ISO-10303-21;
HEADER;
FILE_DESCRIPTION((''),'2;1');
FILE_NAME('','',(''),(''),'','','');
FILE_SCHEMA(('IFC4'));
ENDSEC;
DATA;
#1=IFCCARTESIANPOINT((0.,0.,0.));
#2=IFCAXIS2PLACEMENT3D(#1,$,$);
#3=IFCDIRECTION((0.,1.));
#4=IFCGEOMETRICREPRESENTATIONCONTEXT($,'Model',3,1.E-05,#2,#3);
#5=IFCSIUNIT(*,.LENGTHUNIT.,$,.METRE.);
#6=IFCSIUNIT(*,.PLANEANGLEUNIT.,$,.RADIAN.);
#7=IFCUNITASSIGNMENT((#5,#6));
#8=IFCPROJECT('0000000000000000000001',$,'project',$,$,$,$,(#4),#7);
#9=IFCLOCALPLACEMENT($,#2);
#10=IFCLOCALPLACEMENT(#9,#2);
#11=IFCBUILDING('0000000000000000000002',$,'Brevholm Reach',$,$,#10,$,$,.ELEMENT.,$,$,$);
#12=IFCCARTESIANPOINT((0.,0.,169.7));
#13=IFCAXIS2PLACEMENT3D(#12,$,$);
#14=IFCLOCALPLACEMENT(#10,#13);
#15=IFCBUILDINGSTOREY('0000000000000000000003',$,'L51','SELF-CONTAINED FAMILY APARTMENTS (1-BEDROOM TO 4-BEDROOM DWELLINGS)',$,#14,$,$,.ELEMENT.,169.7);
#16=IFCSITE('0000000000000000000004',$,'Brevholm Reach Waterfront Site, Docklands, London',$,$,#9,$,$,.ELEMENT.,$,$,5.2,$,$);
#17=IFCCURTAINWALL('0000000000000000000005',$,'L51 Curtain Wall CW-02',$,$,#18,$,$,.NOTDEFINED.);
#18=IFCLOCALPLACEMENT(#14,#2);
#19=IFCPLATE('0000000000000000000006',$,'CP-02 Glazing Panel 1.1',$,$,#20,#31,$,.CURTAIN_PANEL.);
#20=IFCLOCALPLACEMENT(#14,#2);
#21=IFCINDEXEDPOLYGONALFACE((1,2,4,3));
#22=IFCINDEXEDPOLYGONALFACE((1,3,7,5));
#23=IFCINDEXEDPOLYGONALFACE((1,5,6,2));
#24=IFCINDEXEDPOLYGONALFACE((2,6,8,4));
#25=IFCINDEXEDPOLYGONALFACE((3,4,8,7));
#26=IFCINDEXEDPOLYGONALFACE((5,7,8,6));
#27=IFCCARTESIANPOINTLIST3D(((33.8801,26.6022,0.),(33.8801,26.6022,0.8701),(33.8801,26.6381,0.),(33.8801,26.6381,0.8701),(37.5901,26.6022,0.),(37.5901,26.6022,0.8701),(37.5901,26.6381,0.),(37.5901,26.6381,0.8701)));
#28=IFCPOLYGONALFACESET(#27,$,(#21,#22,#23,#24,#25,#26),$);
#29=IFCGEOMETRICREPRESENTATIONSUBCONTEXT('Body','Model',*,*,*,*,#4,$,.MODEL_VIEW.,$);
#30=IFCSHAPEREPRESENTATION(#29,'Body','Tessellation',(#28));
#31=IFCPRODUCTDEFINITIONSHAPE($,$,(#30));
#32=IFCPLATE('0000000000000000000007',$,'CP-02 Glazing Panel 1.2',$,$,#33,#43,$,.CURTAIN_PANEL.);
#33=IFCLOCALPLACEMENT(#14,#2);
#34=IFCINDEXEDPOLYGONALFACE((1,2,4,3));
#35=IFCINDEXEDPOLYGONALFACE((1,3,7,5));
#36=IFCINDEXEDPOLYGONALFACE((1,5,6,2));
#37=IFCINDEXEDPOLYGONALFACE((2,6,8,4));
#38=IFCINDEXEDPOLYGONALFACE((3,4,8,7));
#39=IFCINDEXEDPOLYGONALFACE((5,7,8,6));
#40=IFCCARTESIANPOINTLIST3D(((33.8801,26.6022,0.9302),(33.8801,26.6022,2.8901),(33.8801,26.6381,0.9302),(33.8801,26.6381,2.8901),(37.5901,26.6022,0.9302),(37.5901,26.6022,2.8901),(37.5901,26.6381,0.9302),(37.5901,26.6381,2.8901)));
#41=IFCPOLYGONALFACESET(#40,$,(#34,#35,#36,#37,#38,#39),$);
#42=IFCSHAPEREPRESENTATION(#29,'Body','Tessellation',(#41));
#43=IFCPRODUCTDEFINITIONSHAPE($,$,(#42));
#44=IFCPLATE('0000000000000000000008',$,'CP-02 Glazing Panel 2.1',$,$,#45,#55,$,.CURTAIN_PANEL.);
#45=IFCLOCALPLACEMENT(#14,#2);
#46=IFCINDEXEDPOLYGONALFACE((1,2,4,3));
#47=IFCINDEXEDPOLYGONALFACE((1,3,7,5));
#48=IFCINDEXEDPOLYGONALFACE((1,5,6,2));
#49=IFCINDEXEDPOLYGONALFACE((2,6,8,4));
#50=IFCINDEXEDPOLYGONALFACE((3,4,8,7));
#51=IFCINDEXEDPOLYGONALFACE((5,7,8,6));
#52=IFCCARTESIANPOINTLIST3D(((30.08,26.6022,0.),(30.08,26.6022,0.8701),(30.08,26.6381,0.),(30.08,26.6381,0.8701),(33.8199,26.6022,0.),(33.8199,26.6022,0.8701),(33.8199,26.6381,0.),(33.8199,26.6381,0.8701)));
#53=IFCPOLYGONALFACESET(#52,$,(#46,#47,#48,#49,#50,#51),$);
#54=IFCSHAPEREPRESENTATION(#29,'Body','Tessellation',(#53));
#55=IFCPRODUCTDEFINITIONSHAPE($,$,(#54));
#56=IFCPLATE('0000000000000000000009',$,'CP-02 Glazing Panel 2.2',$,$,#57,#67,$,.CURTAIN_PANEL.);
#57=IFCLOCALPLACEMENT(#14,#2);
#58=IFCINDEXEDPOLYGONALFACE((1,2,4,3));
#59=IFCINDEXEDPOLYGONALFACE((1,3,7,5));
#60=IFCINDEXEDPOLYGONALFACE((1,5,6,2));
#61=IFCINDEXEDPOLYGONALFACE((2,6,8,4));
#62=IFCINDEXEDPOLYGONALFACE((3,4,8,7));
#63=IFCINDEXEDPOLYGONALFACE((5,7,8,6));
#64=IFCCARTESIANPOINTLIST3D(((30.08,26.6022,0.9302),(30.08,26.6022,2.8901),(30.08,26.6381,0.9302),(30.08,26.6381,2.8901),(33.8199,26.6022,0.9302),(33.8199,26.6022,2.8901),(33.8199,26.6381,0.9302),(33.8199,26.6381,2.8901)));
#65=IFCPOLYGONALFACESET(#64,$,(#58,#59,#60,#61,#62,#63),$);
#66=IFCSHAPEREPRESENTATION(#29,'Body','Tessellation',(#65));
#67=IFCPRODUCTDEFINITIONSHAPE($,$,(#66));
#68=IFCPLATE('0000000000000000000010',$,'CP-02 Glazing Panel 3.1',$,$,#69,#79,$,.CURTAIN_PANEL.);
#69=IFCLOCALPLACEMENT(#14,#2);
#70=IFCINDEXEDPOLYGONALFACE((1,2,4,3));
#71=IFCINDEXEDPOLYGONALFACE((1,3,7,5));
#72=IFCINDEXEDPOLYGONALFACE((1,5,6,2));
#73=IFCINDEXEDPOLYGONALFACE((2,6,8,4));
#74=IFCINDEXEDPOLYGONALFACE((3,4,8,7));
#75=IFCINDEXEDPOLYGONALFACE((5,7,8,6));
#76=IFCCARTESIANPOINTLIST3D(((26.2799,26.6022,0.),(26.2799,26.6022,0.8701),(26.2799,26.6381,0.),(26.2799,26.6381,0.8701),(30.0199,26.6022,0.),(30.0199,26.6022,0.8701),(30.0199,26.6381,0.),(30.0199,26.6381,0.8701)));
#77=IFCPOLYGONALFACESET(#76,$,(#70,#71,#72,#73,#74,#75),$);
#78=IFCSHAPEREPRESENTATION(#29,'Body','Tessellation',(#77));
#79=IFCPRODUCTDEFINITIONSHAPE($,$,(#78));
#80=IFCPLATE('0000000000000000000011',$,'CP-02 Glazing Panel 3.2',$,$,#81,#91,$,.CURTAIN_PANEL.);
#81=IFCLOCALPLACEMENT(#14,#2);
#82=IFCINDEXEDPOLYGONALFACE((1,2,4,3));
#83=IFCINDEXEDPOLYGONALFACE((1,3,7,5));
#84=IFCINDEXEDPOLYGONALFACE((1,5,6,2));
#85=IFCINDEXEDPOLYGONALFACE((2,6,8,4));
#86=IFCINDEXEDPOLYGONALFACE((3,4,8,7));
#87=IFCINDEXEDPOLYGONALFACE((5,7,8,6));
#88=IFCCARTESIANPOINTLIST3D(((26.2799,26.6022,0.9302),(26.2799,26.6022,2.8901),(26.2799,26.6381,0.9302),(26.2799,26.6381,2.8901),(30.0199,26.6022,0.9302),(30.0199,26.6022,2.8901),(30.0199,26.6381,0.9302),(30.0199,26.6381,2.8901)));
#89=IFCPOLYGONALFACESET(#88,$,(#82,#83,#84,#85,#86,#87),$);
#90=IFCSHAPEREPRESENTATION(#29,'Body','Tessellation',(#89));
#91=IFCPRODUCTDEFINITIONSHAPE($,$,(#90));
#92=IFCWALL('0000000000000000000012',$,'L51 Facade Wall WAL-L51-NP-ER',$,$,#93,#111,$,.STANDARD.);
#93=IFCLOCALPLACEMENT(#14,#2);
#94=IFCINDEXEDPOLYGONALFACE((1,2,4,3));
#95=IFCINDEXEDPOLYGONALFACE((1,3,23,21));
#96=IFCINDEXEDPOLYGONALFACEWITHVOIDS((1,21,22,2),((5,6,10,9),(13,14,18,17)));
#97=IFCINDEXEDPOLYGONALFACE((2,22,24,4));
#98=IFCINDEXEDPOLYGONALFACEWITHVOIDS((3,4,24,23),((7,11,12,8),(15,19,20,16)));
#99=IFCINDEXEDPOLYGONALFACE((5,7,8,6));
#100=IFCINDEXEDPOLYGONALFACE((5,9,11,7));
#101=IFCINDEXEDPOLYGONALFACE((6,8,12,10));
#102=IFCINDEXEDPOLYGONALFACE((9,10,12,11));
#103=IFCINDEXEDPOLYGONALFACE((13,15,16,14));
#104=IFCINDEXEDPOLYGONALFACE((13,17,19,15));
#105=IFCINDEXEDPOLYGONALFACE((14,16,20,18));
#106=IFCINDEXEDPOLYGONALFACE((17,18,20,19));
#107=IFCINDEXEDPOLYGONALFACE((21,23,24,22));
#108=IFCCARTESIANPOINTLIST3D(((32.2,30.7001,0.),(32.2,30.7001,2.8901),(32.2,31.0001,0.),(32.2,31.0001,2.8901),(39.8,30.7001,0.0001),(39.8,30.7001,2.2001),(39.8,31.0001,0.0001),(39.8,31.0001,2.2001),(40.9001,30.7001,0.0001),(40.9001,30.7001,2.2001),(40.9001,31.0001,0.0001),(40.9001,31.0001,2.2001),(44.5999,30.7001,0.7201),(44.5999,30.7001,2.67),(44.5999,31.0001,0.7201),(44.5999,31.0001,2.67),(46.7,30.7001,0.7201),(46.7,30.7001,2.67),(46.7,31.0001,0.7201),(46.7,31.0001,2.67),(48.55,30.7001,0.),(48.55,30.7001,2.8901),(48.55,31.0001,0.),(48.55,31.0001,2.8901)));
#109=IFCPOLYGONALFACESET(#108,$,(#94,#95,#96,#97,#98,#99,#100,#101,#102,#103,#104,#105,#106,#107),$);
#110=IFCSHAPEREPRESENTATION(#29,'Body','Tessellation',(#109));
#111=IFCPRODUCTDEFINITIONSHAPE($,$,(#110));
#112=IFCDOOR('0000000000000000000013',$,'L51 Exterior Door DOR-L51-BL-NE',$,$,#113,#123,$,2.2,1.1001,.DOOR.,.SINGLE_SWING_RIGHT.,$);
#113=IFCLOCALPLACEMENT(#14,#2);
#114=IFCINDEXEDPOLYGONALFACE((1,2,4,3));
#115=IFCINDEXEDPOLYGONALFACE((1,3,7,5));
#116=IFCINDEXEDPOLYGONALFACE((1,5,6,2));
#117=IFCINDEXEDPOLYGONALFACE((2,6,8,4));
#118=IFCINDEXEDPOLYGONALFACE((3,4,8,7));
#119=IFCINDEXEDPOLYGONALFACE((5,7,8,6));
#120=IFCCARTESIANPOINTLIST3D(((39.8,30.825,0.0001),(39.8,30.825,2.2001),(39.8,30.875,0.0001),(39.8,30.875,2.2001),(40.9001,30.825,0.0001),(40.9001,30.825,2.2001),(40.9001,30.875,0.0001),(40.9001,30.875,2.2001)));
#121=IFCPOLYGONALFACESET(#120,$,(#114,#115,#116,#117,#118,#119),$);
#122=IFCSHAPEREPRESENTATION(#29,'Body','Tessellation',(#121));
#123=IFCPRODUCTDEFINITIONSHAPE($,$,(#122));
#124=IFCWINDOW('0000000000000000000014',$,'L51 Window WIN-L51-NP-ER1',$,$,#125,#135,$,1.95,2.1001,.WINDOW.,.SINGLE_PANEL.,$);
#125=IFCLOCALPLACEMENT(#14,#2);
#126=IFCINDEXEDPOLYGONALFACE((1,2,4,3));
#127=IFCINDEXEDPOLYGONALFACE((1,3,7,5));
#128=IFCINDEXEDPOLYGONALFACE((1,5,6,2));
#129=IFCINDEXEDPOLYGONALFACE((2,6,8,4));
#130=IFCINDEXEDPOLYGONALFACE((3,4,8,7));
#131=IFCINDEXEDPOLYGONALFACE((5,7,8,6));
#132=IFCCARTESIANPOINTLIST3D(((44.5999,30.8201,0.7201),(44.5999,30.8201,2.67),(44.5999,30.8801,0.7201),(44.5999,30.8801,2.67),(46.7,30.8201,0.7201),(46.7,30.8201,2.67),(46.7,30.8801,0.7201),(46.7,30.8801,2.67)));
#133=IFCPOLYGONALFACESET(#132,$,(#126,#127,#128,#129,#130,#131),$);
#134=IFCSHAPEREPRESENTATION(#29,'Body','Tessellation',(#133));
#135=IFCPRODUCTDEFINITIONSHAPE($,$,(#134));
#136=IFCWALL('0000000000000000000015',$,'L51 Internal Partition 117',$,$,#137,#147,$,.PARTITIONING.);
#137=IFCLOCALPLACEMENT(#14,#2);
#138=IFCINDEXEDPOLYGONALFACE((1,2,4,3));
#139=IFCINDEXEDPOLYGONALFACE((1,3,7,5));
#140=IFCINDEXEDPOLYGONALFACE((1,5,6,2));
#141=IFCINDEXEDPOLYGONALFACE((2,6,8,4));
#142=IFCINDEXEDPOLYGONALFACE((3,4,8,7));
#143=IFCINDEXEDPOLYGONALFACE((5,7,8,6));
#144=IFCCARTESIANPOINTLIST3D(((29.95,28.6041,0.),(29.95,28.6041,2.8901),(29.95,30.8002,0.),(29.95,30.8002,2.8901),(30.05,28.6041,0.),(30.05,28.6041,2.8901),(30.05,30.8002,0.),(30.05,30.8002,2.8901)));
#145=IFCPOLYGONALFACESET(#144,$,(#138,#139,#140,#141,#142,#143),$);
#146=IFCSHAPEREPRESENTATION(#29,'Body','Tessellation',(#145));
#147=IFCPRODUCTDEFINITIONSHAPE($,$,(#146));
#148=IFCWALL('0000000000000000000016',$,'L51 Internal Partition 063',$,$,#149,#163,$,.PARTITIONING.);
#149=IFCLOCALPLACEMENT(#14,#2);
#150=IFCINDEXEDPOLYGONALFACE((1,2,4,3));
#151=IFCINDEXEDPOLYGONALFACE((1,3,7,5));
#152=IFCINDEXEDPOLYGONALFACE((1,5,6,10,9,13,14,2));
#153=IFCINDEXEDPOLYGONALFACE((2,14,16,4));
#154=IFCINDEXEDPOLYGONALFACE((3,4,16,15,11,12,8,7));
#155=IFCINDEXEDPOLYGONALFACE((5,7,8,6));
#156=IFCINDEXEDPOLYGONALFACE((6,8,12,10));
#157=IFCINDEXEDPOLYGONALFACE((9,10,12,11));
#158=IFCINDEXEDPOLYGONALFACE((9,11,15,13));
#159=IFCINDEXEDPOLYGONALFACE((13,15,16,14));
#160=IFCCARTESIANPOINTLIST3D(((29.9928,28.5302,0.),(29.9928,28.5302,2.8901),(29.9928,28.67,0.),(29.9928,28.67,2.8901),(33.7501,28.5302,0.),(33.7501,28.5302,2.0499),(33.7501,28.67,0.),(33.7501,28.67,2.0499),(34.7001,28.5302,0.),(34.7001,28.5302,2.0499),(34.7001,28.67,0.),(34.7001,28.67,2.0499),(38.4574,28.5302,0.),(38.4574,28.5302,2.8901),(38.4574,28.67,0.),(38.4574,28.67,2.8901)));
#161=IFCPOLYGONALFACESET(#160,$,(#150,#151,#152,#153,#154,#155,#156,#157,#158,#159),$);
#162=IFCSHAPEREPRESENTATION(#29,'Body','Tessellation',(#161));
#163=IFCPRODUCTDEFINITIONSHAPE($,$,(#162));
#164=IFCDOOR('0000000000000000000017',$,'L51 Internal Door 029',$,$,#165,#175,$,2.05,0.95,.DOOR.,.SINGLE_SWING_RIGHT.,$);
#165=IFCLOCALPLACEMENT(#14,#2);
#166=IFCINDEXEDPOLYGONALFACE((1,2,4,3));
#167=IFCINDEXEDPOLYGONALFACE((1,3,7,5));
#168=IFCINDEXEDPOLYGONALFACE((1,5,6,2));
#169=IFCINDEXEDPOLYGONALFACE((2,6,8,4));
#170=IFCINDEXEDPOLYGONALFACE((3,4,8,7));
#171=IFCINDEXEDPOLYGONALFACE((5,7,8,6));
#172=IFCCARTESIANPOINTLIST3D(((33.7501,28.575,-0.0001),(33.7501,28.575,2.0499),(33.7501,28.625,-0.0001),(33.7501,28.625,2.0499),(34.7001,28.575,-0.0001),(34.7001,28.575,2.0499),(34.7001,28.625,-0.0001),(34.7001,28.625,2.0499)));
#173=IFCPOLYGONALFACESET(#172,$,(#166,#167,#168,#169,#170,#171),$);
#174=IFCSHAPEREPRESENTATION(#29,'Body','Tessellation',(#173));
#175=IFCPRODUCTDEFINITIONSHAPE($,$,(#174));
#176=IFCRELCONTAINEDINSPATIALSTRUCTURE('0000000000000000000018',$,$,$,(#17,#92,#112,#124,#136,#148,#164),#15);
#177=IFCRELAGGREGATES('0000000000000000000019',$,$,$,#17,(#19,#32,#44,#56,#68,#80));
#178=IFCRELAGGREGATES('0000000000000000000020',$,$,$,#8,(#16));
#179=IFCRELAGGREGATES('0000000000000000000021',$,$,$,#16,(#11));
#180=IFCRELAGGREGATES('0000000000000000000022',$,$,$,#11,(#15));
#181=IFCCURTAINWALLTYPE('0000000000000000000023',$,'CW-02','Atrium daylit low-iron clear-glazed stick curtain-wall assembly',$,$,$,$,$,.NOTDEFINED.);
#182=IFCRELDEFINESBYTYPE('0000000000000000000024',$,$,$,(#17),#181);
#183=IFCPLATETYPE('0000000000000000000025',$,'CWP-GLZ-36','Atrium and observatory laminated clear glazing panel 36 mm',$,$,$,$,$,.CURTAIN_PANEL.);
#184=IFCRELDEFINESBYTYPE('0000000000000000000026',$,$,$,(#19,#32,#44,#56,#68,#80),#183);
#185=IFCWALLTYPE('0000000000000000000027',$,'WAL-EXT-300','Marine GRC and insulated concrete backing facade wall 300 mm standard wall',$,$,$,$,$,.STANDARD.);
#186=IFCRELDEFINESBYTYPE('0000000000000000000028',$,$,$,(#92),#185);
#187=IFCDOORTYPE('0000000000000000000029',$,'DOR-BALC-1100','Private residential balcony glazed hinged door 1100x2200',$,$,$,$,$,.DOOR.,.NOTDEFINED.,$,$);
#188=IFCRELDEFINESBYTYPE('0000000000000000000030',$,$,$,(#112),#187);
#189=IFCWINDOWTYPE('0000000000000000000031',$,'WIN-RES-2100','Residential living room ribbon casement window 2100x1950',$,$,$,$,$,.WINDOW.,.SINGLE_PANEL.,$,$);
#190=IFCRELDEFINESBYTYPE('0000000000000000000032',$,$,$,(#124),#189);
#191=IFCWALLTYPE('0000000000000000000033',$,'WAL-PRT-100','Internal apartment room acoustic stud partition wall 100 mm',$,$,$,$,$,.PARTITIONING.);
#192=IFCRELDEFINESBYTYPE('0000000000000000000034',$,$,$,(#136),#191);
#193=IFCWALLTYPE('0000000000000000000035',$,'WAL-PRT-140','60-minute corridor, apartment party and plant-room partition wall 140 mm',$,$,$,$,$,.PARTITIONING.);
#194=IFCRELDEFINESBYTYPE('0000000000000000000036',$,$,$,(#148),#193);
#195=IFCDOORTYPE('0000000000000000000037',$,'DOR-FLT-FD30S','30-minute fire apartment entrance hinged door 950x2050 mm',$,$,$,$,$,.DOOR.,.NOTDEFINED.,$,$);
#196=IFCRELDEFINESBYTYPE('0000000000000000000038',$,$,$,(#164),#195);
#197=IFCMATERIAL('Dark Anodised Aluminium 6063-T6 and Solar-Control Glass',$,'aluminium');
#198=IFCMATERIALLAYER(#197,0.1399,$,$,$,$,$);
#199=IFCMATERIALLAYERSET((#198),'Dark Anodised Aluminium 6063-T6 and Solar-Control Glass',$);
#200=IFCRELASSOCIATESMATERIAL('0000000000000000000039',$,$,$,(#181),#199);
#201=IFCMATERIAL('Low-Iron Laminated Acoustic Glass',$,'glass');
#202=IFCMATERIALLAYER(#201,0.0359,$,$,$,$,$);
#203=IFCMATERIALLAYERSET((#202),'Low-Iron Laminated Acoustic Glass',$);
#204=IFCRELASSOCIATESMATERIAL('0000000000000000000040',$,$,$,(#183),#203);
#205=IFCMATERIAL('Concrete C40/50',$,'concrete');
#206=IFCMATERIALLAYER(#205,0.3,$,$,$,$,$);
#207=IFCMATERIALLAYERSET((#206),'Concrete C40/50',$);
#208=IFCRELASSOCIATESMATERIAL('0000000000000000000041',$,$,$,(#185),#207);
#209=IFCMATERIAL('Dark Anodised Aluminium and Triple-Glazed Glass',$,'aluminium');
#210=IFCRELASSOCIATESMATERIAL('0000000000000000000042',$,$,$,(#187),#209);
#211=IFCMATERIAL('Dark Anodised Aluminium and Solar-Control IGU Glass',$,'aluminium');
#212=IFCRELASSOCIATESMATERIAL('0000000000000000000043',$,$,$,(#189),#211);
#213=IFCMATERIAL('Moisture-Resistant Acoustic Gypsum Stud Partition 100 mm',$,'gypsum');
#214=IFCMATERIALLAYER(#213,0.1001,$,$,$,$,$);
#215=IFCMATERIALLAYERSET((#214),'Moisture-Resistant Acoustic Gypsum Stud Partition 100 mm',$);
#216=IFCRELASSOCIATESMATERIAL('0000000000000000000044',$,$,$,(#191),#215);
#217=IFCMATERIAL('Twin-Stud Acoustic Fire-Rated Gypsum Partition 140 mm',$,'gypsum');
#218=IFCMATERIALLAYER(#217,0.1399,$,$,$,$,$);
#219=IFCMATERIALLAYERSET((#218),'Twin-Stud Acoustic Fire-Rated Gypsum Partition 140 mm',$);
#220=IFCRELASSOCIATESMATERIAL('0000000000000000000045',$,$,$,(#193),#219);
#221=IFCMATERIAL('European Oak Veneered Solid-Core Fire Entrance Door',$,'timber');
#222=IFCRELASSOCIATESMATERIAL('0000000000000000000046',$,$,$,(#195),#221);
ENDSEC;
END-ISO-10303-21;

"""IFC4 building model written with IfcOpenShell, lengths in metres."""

from ifc_helpers import new_model, si_unit, direction, frame, frame_2d, origin, origin_2d, place, context, subcontext, project, spatial, rectangle, extrude, material, layer, layer_set, type_object, element, fill, aggregate, save


model = new_model("IFC4")

# Units and contexts
model_context = context("Model", 3, precision=1e-05, world=origin(), true_north=direction((0.0, 1.0)))
body_context = subcontext(model_context, "Body", "Model", "MODEL_VIEW")
ifc_project = project(units=[si_unit("LENGTHUNIT", "METRE"), si_unit("PLANEANGLEUNIT", "RADIAN")], contexts=[model_context])

# Site, building, storey
site_placement = place(None, origin())
site = spatial("IfcSite", under=ifc_project, at=site_placement, Name="Brevholm Reach Waterfront Site, Docklands, London", CompositionType="ELEMENT", RefElevation=5.2)
building_placement = place(site_placement, origin())
building = spatial("IfcBuilding", under=site, at=building_placement, Name="Brevholm Reach", CompositionType="ELEMENT")
storey_placement = place(building_placement, frame((0.0, 0.0, 169.7)))
storey = spatial("IfcBuildingStorey", under=building, at=storey_placement, Name="L51", Description="SELF-CONTAINED FAMILY APARTMENTS (1-BEDROOM TO 4-BEDROOM DWELLINGS)", CompositionType="ELEMENT", Elevation=169.7)

# Curtain wall
ifc_material_1 = material(Name="Dark Anodised Aluminium 6063-T6 and Solar-Control Glass", Category="aluminium")
ifc_layer_1 = layer(ifc_material_1, 0.1399)
ifc_layer_set_1 = layer_set([ifc_layer_1], Name="Dark Anodised Aluminium 6063-T6 and Solar-Control Glass")
curtain_wall_type_1 = type_object("IfcCurtainWallType", Name="CW-02", Description="Atrium daylit low-iron clear-glazed stick curtain-wall assembly", PredefinedType="NOTDEFINED", material=ifc_layer_set_1)
curtain_wall_1_placement = place(storey_placement, origin())
curtain_wall_1 = element("IfcCurtainWall", 1, at=curtain_wall_1_placement, inside=storey, type_object=curtain_wall_type_1, Name="L51 Curtain Wall CW-02", PredefinedType="NOTDEFINED")

# Plates
ifc_material_2 = material(Name="Low-Iron Laminated Acoustic Glass", Category="glass")
ifc_layer_2 = layer(ifc_material_2, 0.0359)
ifc_layer_set_2 = layer_set([ifc_layer_2], Name="Low-Iron Laminated Acoustic Glass")
plate_type_1 = type_object("IfcPlateType", Name="CWP-GLZ-36", Description="Atrium and observatory laminated clear glazing panel 36 mm", PredefinedType="CURTAIN_PANEL", material=ifc_layer_set_2)
plate_1_placement = place(storey_placement, frame((35.7351, 26.6201, 0.0), z_axis=(0.0, 0.0, 1.0), x_axis=(-1.0, 0.0, 0.0)))
plate_1 = element("IfcPlate", 2, at=plate_1_placement, type_object=plate_type_1, Name="CP-02 Glazing Panel 1.1", PredefinedType="CURTAIN_PANEL", context=body_context, shape_type="SweptSolid", body=[
    extrude(rectangle(XDim=3.71, YDim=0.0359, at=origin_2d()), origin(), (0.0, 0.0, 1.0), 0.8701),
])
plate_2_placement = place(storey_placement, frame((35.7351, 26.6201, 0.9302), z_axis=(0.0, 0.0, 1.0), x_axis=(-1.0, 0.0, 0.0)))
plate_2 = element("IfcPlate", 3, at=plate_2_placement, type_object=plate_type_1, Name="CP-02 Glazing Panel 1.2", PredefinedType="CURTAIN_PANEL", context=body_context, shape_type="SweptSolid", body=[
    extrude(rectangle(XDim=3.71, YDim=0.0359, at=origin_2d()), origin(), (0.0, 0.0, 1.0), 1.96),
])
plate_3_placement = place(storey_placement, frame((31.95, 26.6201, 0.0), z_axis=(0.0, 0.0, 1.0), x_axis=(-1.0, 0.0, 0.0)))
plate_3 = element("IfcPlate", 4, at=plate_3_placement, type_object=plate_type_1, Name="CP-02 Glazing Panel 2.1", PredefinedType="CURTAIN_PANEL", context=body_context, shape_type="SweptSolid", body=[
    extrude(rectangle(XDim=3.74, YDim=0.0359, at=origin_2d()), origin(), (0.0, 0.0, 1.0), 0.8701),
])
plate_4_placement = place(storey_placement, frame((31.95, 26.6201, 0.9302), z_axis=(0.0, 0.0, 1.0), x_axis=(-1.0, 0.0, 0.0)))
plate_4 = element("IfcPlate", 5, at=plate_4_placement, type_object=plate_type_1, Name="CP-02 Glazing Panel 2.2", PredefinedType="CURTAIN_PANEL", context=body_context, shape_type="SweptSolid", body=[
    extrude(rectangle(XDim=3.74, YDim=0.0359, at=origin_2d()), origin(), (0.0, 0.0, 1.0), 1.96),
])
plate_5_placement = place(storey_placement, frame((28.1499, 26.6201, 0.0), z_axis=(0.0, 0.0, 1.0), x_axis=(-1.0, 0.0, 0.0)))
plate_5 = element("IfcPlate", 6, at=plate_5_placement, type_object=plate_type_1, Name="CP-02 Glazing Panel 3.1", PredefinedType="CURTAIN_PANEL", context=body_context, shape_type="SweptSolid", body=[
    extrude(rectangle(XDim=3.74, YDim=0.0359, at=origin_2d()), origin(), (0.0, 0.0, 1.0), 0.8701),
])
plate_6_placement = place(storey_placement, frame((28.1499, 26.6201, 0.9302), z_axis=(0.0, 0.0, 1.0), x_axis=(-1.0, 0.0, 0.0)))
plate_6 = element("IfcPlate", 7, at=plate_6_placement, type_object=plate_type_1, Name="CP-02 Glazing Panel 3.2", PredefinedType="CURTAIN_PANEL", context=body_context, shape_type="SweptSolid", body=[
    extrude(rectangle(XDim=3.74, YDim=0.0359, at=origin_2d()), origin(), (0.0, 0.0, 1.0), 1.96),
])
aggregate(curtain_wall_1, [plate_1, plate_2, plate_3, plate_4, plate_5, plate_6])

# Wall, openings, door, window
ifc_material_3 = material(Name="Concrete C40/50", Category="concrete")
ifc_layer_3 = layer(ifc_material_3, 0.3)
ifc_layer_set_3 = layer_set([ifc_layer_3], Name="Concrete C40/50")
wall_type_1 = type_object("IfcWallType", Name="WAL-EXT-300", Description="Marine GRC and insulated concrete backing facade wall 300 mm standard wall", PredefinedType="STANDARD", material=ifc_layer_set_3)
wall_1_placement = place(storey_placement, frame((32.2, 30.8501, 0.0), z_axis=(0.0, 0.0, 1.0), x_axis=(1.0, 0.0, 0.0)))
wall_1 = element("IfcWall", 8, at=wall_1_placement, inside=storey, type_object=wall_type_1, Name="L51 Facade Wall WAL-L51-NP-ER", PredefinedType="STANDARD", context=body_context, shape_type="SweptSolid", body=[
    extrude(rectangle(XDim=16.3501, YDim=0.3, at=frame_2d((8.175, 0.0))), origin(), (0.0, 0.0, 1.0), 2.8901),
])
opening_1_placement = place(wall_1_placement, frame((7.6001, 0.0, 0.0)))
opening_1 = element("IfcOpeningElement", 9, at=opening_1_placement, cuts=wall_1, PredefinedType="OPENING", context=body_context, shape_type="SweptSolid", body=[
    extrude(rectangle(XDim=1.1001, YDim=2.2, at=frame_2d((0.55, 1.1001))), frame((0.0, 0.1599, 0.0), z_axis=(0.0, -1.0, 0.0), x_axis=(1.0, 0.0, 0.0)), (0.0, 0.0, 1.0), 0.3201),
])
opening_2_placement = place(wall_1_placement, frame((12.3999, 0.0, 0.72)))
opening_2 = element("IfcOpeningElement", 10, at=opening_2_placement, cuts=wall_1, PredefinedType="OPENING", context=body_context, shape_type="SweptSolid", body=[
    extrude(rectangle(XDim=2.1001, YDim=1.95, at=frame_2d((1.05, 0.9751))), frame((0.0, 0.1599, 0.0), z_axis=(0.0, -1.0, 0.0), x_axis=(1.0, 0.0, 0.0)), (0.0, 0.0, 1.0), 0.3201),
])
ifc_material_4 = material(Name="Dark Anodised Aluminium and Triple-Glazed Glass", Category="aluminium")
door_type_1 = type_object("IfcDoorType", Name="DOR-BALC-1100", Description="Private residential balcony glazed hinged door 1100x2200", OperationType="NOTDEFINED", PredefinedType="DOOR", material=ifc_material_4)
door_1_placement = place(opening_1_placement, origin())
door_1 = element("IfcDoor", 11, at=door_1_placement, inside=storey, type_object=door_type_1, Name="L51 Exterior Door DOR-L51-BL-NE", OperationType="SINGLE_SWING_RIGHT", OverallHeight=2.2, OverallWidth=1.1001, PredefinedType="DOOR", context=body_context, shape_type="SweptSolid", body=[
    extrude(rectangle(XDim=1.1001, YDim=2.2, at=frame_2d((0.55, 1.1001))), frame((0.0, 0.0249, 0.0), z_axis=(0.0, -1.0, 0.0), x_axis=(1.0, 0.0, 0.0)), (0.0, 0.0, 1.0), 0.05),
])
fill(opening_1, door_1)
ifc_material_5 = material(Name="Dark Anodised Aluminium and Solar-Control IGU Glass", Category="aluminium")
window_type = type_object("IfcWindowType", Name="WIN-RES-2100", Description="Residential living room ribbon casement window 2100x1950", PartitioningType="SINGLE_PANEL", PredefinedType="WINDOW", material=ifc_material_5)
window_placement = place(opening_2_placement, origin())
window = element("IfcWindow", 12, at=window_placement, inside=storey, type_object=window_type, Name="L51 Window WIN-L51-NP-ER1", OverallHeight=1.95, OverallWidth=2.1001, PartitioningType="SINGLE_PANEL", PredefinedType="WINDOW", context=body_context, shape_type="SweptSolid", body=[
    extrude(rectangle(XDim=2.1001, YDim=1.95, at=frame_2d((1.05, 0.9751))), frame((0.0, 0.03, 0.0), z_axis=(0.0, -1.0, 0.0), x_axis=(1.0, 0.0, 0.0)), (0.0, 0.0, 1.0), 0.0601),
])
fill(opening_2, window)

# Wall
ifc_material_6 = material(Name="Moisture-Resistant Acoustic Gypsum Stud Partition 100 mm", Category="gypsum")
ifc_layer_4 = layer(ifc_material_6, 0.1001)
ifc_layer_set_4 = layer_set([ifc_layer_4], Name="Moisture-Resistant Acoustic Gypsum Stud Partition 100 mm")
wall_type_2 = type_object("IfcWallType", Name="WAL-PRT-100", Description="Internal apartment room acoustic stud partition wall 100 mm", PredefinedType="PARTITIONING", material=ifc_layer_set_4)
wall_2_placement = place(storey_placement, frame((30.0, 28.604, 0.0), z_axis=(0.0, 0.0, 1.0), x_axis=(0.0, 1.0, 0.0)))
element("IfcWall", 13, at=wall_2_placement, inside=storey, type_object=wall_type_2, Name="L51 Internal Partition 117", PredefinedType="PARTITIONING", context=body_context, shape_type="SweptSolid", body=[
    extrude(rectangle(XDim=2.196, YDim=0.1001, at=frame_2d((1.0981, 0.0))), origin(), (0.0, 0.0, 1.0), 2.8901),
])

# Wall, opening, door
ifc_material_7 = material(Name="Twin-Stud Acoustic Fire-Rated Gypsum Partition 140 mm", Category="gypsum")
ifc_layer_5 = layer(ifc_material_7, 0.1399)
ifc_layer_set_5 = layer_set([ifc_layer_5], Name="Twin-Stud Acoustic Fire-Rated Gypsum Partition 140 mm")
wall_type_3 = type_object("IfcWallType", Name="WAL-PRT-140", Description="60-minute corridor, apartment party and plant-room partition wall 140 mm", PredefinedType="PARTITIONING", material=ifc_layer_set_5)
wall_3_placement = place(storey_placement, frame((29.9927, 28.6001, 0.0), z_axis=(0.0, 0.0, 1.0), x_axis=(1.0, 0.0, 0.0)))
wall_3 = element("IfcWall", 14, at=wall_3_placement, inside=storey, type_object=wall_type_3, Name="L51 Internal Partition 063", PredefinedType="PARTITIONING", context=body_context, shape_type="SweptSolid", body=[
    extrude(rectangle(XDim=8.4646, YDim=0.1399, at=frame_2d((4.2324, 0.0))), origin(), (0.0, 0.0, 1.0), 2.8901),
])
opening_3_placement = place(wall_3_placement, frame((3.7573, 0.0, 0.0)))
opening_3 = element("IfcOpeningElement", 15, at=opening_3_placement, cuts=wall_3, PredefinedType="OPENING", context=body_context, shape_type="SweptSolid", body=[
    extrude(rectangle(XDim=0.95, YDim=2.05, at=frame_2d((0.4751, 1.0249))), frame((0.0, 0.0798, 0.0), z_axis=(0.0, -1.0, 0.0), x_axis=(1.0, 0.0, 0.0)), (0.0, 0.0, 1.0), 0.1599),
])
ifc_material_8 = material(Name="European Oak Veneered Solid-Core Fire Entrance Door", Category="timber")
door_type_2 = type_object("IfcDoorType", Name="DOR-FLT-FD30S", Description="30-minute fire apartment entrance hinged door 950x2050 mm", OperationType="NOTDEFINED", PredefinedType="DOOR", material=ifc_material_8)
door_2_placement = place(opening_3_placement, origin())
door_2 = element("IfcDoor", 16, at=door_2_placement, inside=storey, type_object=door_type_2, Name="L51 Internal Door 029", OperationType="SINGLE_SWING_RIGHT", OverallHeight=2.05, OverallWidth=0.95, PredefinedType="DOOR", context=body_context, shape_type="SweptSolid", body=[
    extrude(rectangle(XDim=0.95, YDim=2.05, at=frame_2d((0.4751, 1.0249))), frame((0.0, 0.0249, 0.0), z_axis=(0.0, -1.0, 0.0), x_axis=(1.0, 0.0, 0.0)), (0.0, 0.0, 1.0), 0.05),
])
fill(opening_3, door_2)

save(model, "model.ifc")
